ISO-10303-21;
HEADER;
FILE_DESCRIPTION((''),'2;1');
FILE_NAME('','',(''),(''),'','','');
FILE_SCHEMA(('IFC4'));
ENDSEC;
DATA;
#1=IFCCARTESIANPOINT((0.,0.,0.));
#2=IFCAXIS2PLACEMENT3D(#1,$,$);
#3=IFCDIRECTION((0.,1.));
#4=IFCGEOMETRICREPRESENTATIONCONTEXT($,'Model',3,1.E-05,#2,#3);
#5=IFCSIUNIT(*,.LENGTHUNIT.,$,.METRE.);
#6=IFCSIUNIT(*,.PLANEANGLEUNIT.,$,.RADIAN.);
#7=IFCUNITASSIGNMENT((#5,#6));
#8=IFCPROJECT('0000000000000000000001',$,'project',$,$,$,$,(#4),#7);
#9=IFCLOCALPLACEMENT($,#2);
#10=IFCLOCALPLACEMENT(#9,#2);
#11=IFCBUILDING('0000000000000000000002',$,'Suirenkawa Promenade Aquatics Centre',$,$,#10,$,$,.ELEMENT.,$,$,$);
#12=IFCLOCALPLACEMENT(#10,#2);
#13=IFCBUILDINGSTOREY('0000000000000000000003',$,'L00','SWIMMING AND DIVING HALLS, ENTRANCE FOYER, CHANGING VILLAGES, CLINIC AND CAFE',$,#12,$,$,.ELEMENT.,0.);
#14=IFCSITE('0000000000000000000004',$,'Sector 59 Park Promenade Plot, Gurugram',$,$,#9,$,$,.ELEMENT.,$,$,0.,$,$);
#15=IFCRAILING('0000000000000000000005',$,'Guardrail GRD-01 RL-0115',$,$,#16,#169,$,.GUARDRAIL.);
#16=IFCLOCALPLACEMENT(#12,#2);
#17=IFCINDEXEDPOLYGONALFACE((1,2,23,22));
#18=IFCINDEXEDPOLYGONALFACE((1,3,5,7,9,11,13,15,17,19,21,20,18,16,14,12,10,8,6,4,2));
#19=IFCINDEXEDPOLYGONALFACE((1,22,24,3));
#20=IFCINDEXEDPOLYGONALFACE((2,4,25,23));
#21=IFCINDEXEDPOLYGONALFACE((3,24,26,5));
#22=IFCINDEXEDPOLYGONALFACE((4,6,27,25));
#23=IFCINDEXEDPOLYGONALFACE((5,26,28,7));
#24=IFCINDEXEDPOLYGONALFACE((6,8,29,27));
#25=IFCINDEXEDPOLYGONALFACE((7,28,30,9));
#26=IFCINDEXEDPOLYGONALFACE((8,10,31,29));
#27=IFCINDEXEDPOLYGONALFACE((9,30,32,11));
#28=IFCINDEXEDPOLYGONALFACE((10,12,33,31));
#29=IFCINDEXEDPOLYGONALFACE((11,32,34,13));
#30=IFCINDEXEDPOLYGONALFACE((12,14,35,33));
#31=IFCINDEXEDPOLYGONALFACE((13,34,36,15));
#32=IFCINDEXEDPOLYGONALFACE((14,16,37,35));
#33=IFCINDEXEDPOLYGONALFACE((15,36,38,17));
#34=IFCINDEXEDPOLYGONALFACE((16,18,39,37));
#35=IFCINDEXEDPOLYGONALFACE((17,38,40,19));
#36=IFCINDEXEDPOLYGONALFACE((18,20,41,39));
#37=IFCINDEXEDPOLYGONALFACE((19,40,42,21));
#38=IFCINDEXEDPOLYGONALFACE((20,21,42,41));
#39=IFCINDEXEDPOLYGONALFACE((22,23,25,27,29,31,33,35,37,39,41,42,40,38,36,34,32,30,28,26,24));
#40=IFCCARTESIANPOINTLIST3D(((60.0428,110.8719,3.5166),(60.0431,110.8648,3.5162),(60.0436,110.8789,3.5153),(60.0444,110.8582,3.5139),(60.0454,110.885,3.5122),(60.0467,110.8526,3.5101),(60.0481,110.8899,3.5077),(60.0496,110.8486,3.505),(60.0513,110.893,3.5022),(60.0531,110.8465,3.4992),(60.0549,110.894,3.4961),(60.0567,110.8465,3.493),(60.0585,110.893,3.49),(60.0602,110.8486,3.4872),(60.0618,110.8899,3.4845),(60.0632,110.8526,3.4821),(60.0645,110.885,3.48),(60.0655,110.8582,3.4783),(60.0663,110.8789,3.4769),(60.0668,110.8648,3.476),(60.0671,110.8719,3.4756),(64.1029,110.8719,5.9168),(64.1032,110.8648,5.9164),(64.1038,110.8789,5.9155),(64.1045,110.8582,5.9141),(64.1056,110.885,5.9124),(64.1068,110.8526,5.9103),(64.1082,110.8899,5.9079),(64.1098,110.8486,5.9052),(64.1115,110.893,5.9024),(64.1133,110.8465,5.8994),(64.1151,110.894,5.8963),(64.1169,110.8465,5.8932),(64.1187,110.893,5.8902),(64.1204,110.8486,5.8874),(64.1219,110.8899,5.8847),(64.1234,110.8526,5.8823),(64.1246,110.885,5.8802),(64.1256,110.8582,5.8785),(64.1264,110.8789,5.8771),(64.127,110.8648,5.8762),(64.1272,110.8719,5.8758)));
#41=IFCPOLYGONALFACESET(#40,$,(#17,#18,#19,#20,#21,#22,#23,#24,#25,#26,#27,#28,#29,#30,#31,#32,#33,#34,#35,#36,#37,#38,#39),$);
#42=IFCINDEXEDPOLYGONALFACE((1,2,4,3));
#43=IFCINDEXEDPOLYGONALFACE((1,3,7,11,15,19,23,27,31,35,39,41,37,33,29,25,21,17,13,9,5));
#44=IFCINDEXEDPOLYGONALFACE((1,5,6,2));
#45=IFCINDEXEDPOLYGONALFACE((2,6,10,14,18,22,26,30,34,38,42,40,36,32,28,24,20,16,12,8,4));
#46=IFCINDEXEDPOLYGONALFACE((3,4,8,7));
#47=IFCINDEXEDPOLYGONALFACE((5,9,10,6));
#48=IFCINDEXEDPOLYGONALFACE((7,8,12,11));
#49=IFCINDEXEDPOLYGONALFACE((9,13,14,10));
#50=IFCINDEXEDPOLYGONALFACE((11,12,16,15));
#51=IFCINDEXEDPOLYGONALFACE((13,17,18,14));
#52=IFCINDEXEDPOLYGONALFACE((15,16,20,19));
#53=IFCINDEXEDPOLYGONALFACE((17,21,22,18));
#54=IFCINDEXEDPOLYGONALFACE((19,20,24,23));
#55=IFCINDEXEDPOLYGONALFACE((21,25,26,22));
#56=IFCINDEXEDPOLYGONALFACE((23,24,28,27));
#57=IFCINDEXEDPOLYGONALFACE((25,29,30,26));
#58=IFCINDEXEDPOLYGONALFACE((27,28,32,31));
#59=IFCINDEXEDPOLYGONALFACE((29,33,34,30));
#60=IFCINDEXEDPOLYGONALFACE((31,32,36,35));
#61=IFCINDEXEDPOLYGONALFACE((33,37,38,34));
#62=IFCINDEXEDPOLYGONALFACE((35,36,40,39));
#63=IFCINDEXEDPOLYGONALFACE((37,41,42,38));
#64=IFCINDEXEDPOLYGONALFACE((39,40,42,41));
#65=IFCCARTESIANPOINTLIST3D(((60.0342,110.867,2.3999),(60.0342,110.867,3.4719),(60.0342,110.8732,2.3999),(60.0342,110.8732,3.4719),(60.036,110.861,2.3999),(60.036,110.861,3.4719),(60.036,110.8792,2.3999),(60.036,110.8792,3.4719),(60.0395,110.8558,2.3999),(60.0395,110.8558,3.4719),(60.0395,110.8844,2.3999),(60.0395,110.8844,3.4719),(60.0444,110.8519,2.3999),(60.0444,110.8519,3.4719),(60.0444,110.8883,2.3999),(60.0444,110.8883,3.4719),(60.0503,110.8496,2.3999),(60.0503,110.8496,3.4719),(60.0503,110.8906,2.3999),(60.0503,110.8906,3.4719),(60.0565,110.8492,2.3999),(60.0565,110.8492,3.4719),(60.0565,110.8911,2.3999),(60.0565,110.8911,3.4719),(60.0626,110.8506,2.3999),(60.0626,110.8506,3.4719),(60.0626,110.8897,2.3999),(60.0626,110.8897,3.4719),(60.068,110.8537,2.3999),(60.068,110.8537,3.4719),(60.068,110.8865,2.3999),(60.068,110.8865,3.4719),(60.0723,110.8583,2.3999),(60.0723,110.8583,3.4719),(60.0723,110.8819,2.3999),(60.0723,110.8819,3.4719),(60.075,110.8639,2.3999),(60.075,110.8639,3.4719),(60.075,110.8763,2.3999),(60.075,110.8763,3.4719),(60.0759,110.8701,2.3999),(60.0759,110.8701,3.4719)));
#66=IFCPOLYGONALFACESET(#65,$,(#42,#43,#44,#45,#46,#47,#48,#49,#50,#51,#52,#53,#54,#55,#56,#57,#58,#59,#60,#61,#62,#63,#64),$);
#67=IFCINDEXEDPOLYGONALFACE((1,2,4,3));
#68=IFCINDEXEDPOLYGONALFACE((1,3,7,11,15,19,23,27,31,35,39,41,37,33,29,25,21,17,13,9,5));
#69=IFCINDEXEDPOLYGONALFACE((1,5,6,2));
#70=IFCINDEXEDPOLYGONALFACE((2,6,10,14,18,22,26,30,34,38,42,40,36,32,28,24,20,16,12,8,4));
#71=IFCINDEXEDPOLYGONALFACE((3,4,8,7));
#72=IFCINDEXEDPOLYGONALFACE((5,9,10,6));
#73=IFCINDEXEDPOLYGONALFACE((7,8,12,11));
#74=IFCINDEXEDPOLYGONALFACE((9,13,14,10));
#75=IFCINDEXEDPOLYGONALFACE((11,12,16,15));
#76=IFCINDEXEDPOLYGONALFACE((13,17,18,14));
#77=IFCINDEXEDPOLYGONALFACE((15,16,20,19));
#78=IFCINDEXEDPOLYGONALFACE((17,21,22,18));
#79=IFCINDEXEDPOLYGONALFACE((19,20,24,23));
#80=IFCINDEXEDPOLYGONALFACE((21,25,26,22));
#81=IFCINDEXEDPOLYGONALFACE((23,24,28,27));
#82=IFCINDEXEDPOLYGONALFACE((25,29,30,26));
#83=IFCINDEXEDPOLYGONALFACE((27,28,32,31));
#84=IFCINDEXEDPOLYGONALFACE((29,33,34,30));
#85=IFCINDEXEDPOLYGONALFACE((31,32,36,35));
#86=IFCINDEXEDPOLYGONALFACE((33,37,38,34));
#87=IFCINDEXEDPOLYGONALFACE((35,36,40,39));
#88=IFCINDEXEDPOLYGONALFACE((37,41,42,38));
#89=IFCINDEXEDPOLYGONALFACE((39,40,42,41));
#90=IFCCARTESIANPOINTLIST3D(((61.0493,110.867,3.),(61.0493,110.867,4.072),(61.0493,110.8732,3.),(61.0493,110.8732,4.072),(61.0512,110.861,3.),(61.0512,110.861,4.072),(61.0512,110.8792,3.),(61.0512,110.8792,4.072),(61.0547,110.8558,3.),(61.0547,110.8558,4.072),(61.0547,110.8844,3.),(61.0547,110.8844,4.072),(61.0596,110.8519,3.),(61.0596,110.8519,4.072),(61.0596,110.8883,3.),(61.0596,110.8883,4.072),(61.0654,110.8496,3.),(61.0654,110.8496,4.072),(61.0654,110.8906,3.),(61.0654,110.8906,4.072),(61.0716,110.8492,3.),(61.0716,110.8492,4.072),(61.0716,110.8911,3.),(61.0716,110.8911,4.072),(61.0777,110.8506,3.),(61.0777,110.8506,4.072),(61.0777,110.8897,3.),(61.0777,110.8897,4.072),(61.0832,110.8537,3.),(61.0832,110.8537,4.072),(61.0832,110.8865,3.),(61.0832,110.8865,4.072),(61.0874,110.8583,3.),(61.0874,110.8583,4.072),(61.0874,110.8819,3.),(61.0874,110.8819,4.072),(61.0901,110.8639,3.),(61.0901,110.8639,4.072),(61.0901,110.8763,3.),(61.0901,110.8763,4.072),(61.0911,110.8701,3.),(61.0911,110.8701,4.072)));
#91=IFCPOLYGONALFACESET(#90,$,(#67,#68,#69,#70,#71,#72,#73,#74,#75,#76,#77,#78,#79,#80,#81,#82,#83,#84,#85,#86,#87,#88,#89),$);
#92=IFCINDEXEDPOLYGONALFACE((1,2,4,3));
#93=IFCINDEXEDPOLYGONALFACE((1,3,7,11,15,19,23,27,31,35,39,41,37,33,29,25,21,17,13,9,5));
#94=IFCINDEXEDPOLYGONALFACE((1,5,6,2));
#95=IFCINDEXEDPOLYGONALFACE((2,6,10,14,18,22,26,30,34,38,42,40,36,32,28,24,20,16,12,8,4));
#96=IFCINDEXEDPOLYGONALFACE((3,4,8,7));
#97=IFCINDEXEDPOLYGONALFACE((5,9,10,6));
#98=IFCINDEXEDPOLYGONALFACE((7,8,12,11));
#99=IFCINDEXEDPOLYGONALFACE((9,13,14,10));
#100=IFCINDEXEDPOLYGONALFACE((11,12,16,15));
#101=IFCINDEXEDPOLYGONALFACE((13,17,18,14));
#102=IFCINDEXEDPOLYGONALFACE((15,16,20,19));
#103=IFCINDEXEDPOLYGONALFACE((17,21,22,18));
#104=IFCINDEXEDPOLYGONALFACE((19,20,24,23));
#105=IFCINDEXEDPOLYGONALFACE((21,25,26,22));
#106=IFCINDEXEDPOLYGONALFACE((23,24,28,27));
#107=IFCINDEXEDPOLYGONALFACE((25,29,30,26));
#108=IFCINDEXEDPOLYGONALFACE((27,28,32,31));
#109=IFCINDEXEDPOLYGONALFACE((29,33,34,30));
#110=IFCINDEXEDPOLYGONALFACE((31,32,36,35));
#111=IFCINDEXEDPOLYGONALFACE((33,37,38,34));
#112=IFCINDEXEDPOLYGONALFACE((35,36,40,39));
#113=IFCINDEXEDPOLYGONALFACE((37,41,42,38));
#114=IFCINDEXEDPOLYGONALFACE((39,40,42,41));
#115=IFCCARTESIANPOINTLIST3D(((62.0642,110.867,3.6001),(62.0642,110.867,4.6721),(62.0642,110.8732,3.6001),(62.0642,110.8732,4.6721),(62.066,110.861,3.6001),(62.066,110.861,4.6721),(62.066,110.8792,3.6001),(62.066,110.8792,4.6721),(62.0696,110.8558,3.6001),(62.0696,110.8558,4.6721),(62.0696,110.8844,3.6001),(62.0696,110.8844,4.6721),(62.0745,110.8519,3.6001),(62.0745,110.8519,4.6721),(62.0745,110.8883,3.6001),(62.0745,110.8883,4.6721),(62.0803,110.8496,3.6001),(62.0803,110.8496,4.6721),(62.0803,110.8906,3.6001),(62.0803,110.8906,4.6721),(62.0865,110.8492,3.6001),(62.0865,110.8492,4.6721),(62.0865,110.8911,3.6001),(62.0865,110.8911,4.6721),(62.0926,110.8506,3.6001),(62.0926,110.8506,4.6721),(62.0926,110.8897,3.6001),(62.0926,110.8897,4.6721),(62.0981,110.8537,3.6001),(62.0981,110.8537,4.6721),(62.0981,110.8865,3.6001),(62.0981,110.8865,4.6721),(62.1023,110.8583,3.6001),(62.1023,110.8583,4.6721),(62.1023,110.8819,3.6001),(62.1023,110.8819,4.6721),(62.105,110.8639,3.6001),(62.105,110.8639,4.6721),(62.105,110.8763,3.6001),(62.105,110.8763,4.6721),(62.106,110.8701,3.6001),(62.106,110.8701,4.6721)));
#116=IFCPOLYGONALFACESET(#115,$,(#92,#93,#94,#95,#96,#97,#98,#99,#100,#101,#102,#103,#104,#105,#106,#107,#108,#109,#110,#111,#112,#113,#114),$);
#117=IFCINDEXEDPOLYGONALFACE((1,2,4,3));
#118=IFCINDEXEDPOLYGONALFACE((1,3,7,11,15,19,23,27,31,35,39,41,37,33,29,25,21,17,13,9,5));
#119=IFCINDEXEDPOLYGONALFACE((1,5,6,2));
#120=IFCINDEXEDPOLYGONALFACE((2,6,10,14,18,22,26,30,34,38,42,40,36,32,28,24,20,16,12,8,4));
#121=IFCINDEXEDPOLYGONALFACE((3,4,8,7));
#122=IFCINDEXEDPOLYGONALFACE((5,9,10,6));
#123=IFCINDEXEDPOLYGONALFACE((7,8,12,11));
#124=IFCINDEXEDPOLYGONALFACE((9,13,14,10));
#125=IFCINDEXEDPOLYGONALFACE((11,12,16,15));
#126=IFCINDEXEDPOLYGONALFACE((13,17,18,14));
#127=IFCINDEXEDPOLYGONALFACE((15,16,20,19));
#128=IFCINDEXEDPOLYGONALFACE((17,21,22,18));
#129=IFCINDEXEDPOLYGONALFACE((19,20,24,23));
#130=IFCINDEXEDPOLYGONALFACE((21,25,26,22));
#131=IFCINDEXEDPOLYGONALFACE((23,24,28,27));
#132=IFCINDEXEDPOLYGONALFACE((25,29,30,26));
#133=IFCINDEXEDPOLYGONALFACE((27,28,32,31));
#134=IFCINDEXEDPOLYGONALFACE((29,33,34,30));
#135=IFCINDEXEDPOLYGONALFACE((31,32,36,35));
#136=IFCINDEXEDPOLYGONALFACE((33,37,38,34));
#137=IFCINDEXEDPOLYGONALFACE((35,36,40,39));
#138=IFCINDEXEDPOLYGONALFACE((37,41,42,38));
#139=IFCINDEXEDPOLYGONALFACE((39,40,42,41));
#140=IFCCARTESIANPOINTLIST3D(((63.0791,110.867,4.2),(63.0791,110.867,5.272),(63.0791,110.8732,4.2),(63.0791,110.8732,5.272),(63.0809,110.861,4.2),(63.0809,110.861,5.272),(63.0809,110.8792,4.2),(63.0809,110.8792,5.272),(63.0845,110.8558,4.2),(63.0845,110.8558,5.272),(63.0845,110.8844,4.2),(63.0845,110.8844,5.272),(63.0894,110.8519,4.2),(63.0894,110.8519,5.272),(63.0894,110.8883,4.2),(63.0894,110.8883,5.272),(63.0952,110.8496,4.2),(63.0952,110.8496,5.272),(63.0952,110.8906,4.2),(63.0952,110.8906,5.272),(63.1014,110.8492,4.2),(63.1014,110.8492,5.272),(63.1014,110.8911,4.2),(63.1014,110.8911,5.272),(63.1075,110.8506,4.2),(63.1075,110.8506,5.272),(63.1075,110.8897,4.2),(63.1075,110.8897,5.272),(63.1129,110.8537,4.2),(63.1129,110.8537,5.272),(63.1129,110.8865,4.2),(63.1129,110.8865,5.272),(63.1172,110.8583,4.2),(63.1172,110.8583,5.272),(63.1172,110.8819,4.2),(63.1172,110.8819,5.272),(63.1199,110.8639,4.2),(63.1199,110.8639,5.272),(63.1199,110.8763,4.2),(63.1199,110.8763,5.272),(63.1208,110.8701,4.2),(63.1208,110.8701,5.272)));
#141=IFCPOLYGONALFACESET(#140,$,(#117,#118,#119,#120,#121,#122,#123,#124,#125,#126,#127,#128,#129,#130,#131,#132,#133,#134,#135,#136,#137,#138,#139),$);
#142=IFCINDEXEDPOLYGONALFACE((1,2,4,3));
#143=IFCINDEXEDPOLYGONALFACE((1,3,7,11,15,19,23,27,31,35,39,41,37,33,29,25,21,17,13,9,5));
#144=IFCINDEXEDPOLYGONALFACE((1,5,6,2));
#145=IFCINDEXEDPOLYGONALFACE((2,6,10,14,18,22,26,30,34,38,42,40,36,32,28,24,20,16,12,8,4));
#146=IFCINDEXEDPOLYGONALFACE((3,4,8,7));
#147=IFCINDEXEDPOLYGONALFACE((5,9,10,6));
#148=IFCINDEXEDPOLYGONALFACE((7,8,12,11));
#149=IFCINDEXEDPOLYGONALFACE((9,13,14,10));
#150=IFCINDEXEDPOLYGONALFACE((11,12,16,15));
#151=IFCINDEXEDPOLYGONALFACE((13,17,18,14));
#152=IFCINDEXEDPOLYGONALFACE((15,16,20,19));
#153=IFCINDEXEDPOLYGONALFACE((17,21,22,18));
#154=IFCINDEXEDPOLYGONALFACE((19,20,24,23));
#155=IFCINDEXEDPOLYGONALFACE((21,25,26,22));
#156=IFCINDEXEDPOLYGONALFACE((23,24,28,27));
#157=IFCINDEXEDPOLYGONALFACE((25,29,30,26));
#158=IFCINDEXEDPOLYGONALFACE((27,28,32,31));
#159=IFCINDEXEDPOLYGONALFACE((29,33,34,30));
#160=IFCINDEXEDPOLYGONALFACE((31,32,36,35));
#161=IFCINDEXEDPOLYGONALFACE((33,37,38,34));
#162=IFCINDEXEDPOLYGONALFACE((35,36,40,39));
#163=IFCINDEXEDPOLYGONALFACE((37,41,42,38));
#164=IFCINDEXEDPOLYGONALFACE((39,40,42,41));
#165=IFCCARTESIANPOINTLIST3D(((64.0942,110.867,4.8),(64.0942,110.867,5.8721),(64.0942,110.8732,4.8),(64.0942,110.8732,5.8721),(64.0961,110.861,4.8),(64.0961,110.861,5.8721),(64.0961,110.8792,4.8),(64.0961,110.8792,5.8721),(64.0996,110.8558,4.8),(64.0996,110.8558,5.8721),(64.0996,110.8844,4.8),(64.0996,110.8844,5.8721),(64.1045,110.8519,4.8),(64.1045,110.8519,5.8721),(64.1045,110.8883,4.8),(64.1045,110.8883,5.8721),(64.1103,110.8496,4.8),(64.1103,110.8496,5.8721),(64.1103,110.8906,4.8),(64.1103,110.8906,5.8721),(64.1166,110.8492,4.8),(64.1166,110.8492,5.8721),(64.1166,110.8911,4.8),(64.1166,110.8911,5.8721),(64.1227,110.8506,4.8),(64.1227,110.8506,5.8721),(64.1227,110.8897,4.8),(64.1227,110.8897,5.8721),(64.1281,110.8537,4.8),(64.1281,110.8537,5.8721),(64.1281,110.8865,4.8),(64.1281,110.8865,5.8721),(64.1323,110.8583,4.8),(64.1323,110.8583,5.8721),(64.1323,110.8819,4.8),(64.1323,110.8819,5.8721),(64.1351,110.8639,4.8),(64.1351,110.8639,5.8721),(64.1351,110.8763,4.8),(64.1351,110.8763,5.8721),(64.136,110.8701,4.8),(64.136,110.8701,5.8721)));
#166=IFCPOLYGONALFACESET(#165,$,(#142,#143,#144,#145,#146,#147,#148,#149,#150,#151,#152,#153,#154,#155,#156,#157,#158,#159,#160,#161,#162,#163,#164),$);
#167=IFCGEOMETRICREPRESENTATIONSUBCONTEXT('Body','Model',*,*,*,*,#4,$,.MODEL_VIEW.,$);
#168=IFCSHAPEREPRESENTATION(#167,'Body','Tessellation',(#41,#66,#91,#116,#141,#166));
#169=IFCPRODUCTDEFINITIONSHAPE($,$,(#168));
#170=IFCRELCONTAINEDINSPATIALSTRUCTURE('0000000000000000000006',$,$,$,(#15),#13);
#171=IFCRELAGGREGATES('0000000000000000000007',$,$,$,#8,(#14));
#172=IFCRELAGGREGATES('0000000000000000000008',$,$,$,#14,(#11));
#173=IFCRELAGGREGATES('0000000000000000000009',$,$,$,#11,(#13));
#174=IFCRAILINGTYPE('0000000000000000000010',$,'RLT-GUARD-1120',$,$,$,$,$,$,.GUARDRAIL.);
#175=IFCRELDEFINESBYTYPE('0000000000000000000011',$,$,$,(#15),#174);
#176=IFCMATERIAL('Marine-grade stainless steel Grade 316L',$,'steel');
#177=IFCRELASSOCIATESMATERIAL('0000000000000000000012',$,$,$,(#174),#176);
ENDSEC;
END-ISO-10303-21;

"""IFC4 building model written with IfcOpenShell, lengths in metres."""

from ifc_helpers import new_model, si_unit, direction, frame, origin, origin_2d, place, context, subcontext, project, spatial, circle, extrude, material, type_object, element, save


model = new_model("IFC4")

# Units and contexts
model_context = context("Model", 3, precision=1e-05, world=origin(), true_north=direction((0.0, 1.0)))
body_context = subcontext(model_context, "Body", "Model", "MODEL_VIEW")
ifc_project = project(units=[si_unit("LENGTHUNIT", "METRE"), si_unit("PLANEANGLEUNIT", "RADIAN")], contexts=[model_context])

# Site, building, storey
site_placement = place(None, origin())
site = spatial("IfcSite", under=ifc_project, at=site_placement, Name="Sector 59 Park Promenade Plot, Gurugram", CompositionType="ELEMENT", RefElevation=0.0)
building_placement = place(site_placement, origin())
building = spatial("IfcBuilding", under=site, at=building_placement, Name="Suirenkawa Promenade Aquatics Centre", CompositionType="ELEMENT")
storey_placement = place(building_placement, origin())
storey = spatial("IfcBuildingStorey", under=building, at=storey_placement, Name="L00", Description="SWIMMING AND DIVING HALLS, ENTRANCE FOYER, CHANGING VILLAGES, CLINIC AND CAFE", CompositionType="ELEMENT", Elevation=0.0)

# Railing
ifc_material_1 = material(Name="Marine-grade stainless steel Grade 316L", Category="steel")
railing_type = type_object("IfcRailingType", Name="RLT-GUARD-1120", PredefinedType="GUARDRAIL", material=ifc_material_1)
railing_placement = place(storey_placement, frame((60.0549, 110.8701, 2.3999)))
element("IfcRailing", 1, at=railing_placement, inside=storey, type_object=railing_type, Name="Guardrail GRD-01 RL-0115", PredefinedType="GUARDRAIL", context=body_context, shape_type="SweptSolid", body=[
    extrude(circle(Radius=0.0239, at=origin_2d()), frame((0.0, 0.0, 1.0962), z_axis=(0.860832, 0.0, 0.50889), x_axis=(0.0, 1.0, 0.0)), (0.0, 0.0, 1.0), 4.7166),
    extrude(circle(Radius=0.021, at=origin_2d()), origin(), (0.0, 0.0, 1.0), 1.072),
    extrude(circle(Radius=0.021, at=origin_2d()), frame((1.0151, 0.0, 0.6001)), (0.0, 0.0, 1.0), 1.072),
    extrude(circle(Radius=0.021, at=origin_2d()), frame((2.03, 0.0, 1.2002)), (0.0, 0.0, 1.0), 1.072),
    extrude(circle(Radius=0.021, at=origin_2d()), frame((3.0449, 0.0, 1.8)), (0.0, 0.0, 1.0), 1.072),
    extrude(circle(Radius=0.021, at=origin_2d()), frame((4.0601, 0.0, 2.4001)), (0.0, 0.0, 1.0), 1.072),
])

save(model, "model.ifc")
